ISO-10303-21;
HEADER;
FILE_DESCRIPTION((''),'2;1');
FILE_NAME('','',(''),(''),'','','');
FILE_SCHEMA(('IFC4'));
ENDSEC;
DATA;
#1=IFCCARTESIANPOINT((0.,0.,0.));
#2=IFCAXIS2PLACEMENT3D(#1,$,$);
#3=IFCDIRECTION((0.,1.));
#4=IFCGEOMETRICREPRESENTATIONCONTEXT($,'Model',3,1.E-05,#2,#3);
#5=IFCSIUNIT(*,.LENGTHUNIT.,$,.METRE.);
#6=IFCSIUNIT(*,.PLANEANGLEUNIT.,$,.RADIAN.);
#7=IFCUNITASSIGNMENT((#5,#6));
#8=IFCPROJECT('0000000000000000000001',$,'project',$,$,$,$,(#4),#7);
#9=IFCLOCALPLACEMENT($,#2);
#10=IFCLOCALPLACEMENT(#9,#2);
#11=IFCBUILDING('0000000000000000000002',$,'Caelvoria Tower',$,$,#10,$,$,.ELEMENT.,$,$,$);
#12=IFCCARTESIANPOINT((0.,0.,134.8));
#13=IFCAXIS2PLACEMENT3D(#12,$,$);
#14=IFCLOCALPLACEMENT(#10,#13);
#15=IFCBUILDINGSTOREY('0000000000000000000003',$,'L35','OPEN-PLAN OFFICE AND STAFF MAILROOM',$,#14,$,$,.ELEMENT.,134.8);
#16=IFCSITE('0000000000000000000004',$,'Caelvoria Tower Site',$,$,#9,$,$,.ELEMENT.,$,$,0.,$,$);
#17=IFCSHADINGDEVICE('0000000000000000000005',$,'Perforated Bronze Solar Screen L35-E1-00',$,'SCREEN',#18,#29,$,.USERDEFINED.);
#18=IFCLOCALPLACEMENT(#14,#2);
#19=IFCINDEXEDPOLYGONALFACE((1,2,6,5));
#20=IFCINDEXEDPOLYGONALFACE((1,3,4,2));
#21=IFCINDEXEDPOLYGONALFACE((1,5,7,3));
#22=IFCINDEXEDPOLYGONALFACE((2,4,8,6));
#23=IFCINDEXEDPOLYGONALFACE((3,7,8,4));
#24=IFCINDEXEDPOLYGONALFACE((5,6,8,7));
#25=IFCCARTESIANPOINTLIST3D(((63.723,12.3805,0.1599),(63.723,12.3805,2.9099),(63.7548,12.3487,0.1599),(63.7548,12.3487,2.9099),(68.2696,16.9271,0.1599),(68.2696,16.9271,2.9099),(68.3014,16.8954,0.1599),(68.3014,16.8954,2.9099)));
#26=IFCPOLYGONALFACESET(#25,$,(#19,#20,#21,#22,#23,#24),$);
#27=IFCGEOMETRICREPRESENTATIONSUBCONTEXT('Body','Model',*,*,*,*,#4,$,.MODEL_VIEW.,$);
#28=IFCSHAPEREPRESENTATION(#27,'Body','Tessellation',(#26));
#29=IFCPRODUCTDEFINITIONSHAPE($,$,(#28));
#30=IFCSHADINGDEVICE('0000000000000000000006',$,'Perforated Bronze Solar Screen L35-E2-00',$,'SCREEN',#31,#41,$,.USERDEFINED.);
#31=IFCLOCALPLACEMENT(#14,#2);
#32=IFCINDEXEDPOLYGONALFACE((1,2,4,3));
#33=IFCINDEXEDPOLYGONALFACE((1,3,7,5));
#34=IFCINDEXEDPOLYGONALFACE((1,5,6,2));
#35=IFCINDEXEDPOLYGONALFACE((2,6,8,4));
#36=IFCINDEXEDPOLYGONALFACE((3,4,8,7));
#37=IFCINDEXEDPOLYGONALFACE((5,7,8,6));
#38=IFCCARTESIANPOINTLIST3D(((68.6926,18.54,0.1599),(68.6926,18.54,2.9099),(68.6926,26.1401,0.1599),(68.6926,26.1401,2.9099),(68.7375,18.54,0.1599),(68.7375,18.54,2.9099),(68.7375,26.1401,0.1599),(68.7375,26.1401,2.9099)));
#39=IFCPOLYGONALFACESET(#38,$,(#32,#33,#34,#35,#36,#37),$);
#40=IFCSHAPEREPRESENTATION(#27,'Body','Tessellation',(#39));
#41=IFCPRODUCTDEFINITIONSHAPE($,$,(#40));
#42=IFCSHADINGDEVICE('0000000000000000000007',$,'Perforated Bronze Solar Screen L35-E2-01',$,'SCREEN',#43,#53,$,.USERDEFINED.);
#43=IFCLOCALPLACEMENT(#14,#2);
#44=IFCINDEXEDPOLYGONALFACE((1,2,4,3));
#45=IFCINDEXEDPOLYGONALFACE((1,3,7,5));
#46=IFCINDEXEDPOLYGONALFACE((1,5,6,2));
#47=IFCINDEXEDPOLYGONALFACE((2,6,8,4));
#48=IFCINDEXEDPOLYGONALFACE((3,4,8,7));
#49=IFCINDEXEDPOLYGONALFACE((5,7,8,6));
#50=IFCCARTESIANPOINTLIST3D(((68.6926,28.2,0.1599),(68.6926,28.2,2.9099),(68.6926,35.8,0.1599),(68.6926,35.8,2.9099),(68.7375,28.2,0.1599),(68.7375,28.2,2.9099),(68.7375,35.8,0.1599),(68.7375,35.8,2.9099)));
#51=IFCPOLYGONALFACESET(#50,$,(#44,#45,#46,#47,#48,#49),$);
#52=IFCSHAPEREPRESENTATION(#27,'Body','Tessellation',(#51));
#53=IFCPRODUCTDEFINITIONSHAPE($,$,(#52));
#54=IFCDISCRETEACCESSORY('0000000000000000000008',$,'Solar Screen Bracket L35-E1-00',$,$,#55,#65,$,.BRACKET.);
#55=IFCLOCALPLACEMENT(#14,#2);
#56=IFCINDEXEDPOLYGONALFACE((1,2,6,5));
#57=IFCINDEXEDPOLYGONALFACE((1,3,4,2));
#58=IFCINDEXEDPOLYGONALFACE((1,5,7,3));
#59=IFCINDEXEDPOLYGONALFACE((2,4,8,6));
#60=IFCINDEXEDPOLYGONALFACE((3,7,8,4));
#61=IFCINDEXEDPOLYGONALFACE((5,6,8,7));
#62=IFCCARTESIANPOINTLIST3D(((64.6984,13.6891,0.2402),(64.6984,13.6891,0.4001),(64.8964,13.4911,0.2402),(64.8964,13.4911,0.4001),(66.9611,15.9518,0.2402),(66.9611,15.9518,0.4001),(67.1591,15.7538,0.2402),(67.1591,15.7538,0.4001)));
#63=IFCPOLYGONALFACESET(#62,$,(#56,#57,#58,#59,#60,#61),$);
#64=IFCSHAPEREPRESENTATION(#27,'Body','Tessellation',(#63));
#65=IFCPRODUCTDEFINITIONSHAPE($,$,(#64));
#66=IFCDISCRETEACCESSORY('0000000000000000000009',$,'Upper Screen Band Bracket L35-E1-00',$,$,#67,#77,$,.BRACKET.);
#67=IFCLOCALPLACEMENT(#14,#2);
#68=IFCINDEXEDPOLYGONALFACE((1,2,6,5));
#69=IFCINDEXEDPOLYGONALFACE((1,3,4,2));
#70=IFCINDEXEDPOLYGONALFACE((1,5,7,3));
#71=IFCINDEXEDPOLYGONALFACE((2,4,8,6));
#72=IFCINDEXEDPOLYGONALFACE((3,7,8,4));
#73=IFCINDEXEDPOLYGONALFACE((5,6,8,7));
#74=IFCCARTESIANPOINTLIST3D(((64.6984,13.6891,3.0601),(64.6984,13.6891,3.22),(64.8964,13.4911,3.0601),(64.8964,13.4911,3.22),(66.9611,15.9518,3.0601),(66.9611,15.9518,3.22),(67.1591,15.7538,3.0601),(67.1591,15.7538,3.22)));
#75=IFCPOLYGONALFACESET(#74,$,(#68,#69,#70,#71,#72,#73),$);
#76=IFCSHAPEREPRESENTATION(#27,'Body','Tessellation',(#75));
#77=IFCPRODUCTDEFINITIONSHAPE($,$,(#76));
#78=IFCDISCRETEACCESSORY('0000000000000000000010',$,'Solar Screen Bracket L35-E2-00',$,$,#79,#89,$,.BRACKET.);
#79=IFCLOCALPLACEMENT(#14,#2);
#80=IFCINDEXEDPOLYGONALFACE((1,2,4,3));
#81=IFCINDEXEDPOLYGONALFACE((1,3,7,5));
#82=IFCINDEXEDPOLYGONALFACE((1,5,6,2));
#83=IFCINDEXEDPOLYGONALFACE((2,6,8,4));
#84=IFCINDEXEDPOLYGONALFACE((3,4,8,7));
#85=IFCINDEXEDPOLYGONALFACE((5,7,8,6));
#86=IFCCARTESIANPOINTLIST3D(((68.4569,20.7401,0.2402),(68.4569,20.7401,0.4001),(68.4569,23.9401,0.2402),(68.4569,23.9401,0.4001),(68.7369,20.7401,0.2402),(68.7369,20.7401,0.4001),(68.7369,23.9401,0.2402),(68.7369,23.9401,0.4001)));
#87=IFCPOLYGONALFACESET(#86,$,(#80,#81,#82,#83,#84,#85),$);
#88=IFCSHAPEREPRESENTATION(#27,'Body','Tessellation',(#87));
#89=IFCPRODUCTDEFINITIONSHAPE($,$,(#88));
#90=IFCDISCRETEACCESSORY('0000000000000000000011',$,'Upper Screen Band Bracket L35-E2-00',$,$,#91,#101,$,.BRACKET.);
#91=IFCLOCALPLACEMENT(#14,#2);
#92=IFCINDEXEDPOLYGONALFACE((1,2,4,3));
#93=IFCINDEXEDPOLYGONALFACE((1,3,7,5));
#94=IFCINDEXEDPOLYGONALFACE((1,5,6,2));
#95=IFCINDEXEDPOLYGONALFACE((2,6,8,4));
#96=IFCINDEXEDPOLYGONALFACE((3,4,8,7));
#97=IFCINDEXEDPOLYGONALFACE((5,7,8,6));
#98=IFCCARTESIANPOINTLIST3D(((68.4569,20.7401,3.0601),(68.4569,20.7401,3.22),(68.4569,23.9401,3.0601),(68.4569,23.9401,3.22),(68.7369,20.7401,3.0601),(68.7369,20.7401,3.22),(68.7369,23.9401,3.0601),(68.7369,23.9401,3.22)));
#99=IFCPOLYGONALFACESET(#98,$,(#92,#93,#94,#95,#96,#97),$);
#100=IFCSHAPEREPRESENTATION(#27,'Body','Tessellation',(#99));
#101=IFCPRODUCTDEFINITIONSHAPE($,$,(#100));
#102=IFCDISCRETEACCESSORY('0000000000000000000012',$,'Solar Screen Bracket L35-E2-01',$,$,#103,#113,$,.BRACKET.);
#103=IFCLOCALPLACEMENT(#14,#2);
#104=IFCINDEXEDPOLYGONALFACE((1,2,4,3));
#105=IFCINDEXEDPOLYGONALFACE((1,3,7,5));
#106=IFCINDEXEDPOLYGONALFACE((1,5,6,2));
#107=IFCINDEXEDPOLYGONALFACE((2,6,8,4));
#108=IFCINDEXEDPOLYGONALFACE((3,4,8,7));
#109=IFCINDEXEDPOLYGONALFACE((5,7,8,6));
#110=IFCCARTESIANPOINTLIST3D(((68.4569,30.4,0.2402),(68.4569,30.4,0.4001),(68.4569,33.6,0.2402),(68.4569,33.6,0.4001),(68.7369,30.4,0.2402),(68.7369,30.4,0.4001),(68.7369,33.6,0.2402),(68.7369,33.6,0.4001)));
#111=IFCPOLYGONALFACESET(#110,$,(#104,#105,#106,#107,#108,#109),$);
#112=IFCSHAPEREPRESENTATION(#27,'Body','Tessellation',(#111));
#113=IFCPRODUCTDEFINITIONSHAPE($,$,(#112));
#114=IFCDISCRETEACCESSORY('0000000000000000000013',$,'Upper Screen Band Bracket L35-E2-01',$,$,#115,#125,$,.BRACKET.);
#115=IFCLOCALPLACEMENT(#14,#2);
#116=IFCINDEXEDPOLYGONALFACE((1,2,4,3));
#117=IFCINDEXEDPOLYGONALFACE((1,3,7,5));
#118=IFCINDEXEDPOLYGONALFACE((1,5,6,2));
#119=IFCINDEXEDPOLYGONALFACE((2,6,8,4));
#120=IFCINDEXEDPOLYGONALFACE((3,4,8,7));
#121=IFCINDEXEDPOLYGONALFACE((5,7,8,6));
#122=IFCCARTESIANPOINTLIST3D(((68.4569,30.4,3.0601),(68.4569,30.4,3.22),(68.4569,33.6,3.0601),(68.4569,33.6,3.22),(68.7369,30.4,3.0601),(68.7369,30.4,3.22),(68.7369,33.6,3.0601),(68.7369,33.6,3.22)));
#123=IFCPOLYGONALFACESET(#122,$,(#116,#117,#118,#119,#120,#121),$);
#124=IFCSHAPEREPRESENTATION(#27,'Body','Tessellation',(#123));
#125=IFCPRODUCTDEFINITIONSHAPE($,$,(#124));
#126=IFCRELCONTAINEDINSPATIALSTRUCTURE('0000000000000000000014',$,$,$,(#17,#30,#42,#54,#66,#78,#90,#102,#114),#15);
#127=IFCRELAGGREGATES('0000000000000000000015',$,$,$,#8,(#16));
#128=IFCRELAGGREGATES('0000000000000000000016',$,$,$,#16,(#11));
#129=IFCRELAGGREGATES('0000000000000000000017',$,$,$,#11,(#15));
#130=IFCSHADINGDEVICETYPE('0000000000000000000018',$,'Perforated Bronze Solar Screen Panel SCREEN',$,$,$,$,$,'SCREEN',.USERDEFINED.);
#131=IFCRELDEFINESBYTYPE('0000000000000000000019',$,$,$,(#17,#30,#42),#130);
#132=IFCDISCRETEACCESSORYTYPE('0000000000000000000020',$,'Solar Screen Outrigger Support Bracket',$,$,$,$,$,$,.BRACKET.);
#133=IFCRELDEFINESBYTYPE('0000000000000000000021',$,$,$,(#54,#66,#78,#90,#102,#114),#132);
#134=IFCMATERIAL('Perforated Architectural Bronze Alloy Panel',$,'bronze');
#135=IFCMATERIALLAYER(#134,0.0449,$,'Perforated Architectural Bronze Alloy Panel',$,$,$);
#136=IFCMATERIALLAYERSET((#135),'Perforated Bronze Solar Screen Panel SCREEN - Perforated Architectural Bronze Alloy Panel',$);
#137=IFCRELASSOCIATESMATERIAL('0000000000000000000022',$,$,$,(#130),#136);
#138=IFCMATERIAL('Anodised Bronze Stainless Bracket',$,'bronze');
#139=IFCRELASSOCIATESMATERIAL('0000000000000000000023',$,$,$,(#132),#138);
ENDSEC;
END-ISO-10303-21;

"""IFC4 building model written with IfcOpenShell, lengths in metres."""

from ifc_helpers import new_model, si_unit, direction, frame, origin, origin_2d, place, context, subcontext, project, spatial, rectangle, extrude, material, layer, layer_set, type_object, element, save


model = new_model("IFC4")

# Units and contexts
model_context = context("Model", 3, precision=1e-05, world=origin(), true_north=direction((0.0, 1.0)))
body_context = subcontext(model_context, "Body", "Model", "MODEL_VIEW")
ifc_project = project(units=[si_unit("LENGTHUNIT", "METRE"), si_unit("PLANEANGLEUNIT", "RADIAN")], contexts=[model_context])

# Site, building, storey
site_placement = place(None, origin())
site = spatial("IfcSite", under=ifc_project, at=site_placement, Name="Caelvoria Tower Site", CompositionType="ELEMENT", RefElevation=0.0)
building_placement = place(site_placement, origin())
building = spatial("IfcBuilding", under=site, at=building_placement, Name="Caelvoria Tower", CompositionType="ELEMENT")
storey_placement = place(building_placement, frame((0.0, 0.0, 134.8)))
storey = spatial("IfcBuildingStorey", under=building, at=storey_placement, Name="L35", Description="OPEN-PLAN OFFICE AND STAFF MAILROOM", CompositionType="ELEMENT", Elevation=134.8)

# Shading devices
ifc_material_1 = material(Name="Perforated Architectural Bronze Alloy Panel", Category="bronze")
ifc_layer_1 = layer(ifc_material_1, 0.0449, Name="Perforated Architectural Bronze Alloy Panel")
ifc_layer_set_1 = layer_set([ifc_layer_1], Name="Perforated Bronze Solar Screen Panel SCREEN - Perforated Architectural Bronze Alloy Panel")
shading_device_type = type_object("IfcShadingDeviceType", Name="Perforated Bronze Solar Screen Panel SCREEN", ElementType="SCREEN", PredefinedType="USERDEFINED", material=ifc_layer_set_1)
shading_device_placement = place(storey_placement, frame((66.0122, 14.6379, 0.1599), z_axis=(0.0, 0.0, 1.0), x_axis=(0.707107, 0.707107, 0.0)))
element("IfcShadingDevice", 1, at=shading_device_placement, inside=storey, type_object=shading_device_type, Name="Perforated Bronze Solar Screen L35-E1-00", ObjectType="SCREEN", PredefinedType="USERDEFINED", context=body_context, shape_type="SweptSolid", body=[
    extrude(rectangle(XDim=6.4299, YDim=0.0449, at=origin_2d()), origin(), (0.0, 0.0, 1.0), 2.75),
])
for number, where, z_axis, x_axis, name in (
    (2, (68.7151, 22.3401, 0.1599), (0.0, 0.0, 1.0), (0.0, 1.0, 0.0), "Perforated Bronze Solar Screen L35-E2-00"),
    (3, (68.7151, 32.0, 0.1599), (0.0, 0.0, 1.0), (0.0, 1.0, 0.0), "Perforated Bronze Solar Screen L35-E2-01"),
):
    element("IfcShadingDevice", number, at=place(storey_placement, frame(where, z_axis=z_axis, x_axis=x_axis)), inside=storey, type_object=shading_device_type, Name=name, ObjectType="SCREEN", PredefinedType="USERDEFINED", context=body_context, shape_type="SweptSolid", body=[
        extrude(rectangle(XDim=7.6001, YDim=0.0449, at=origin_2d()), origin(), (0.0, 0.0, 1.0), 2.75),
    ])

# Discrete accessories
ifc_material_2 = material(Name="Anodised Bronze Stainless Bracket", Category="bronze")
discrete_accessory_type = type_object("IfcDiscreteAccessoryType", Name="Solar Screen Outrigger Support Bracket", PredefinedType="BRACKET", material=ifc_material_2)
for number, where, z_axis, x_axis, name in (
    (4, (65.9287, 14.7214, 0.2402), (0.0, 0.0, 1.0), (0.707107, 0.707107, 0.0), "Solar Screen Bracket L35-E1-00"),
    (5, (65.9287, 14.7214, 3.0601), (0.0, 0.0, 1.0), (0.707107, 0.707107, 0.0), "Upper Screen Band Bracket L35-E1-00"),
    (6, (68.5969, 22.3401, 0.2402), (0.0, 0.0, 1.0), (0.0, 1.0, 0.0), "Solar Screen Bracket L35-E2-00"),
    (7, (68.5969, 22.3401, 3.0601), (0.0, 0.0, 1.0), (0.0, 1.0, 0.0), "Upper Screen Band Bracket L35-E2-00"),
    (8, (68.5969, 32.0, 0.2402), (0.0, 0.0, 1.0), (0.0, 1.0, 0.0), "Solar Screen Bracket L35-E2-01"),
    (9, (68.5969, 32.0, 3.0601), (0.0, 0.0, 1.0), (0.0, 1.0, 0.0), "Upper Screen Band Bracket L35-E2-01"),
):
    element("IfcDiscreteAccessory", number, at=place(storey_placement, frame(where, z_axis=z_axis, x_axis=x_axis)), inside=storey, type_object=discrete_accessory_type, Name=name, PredefinedType="BRACKET", context=body_context, shape_type="SweptSolid", body=[
        extrude(rectangle(XDim=3.2, YDim=0.28, at=origin_2d()), origin(), (0.0, 0.0, 1.0), 0.1599),
    ])

save(model, "model.ifc")
